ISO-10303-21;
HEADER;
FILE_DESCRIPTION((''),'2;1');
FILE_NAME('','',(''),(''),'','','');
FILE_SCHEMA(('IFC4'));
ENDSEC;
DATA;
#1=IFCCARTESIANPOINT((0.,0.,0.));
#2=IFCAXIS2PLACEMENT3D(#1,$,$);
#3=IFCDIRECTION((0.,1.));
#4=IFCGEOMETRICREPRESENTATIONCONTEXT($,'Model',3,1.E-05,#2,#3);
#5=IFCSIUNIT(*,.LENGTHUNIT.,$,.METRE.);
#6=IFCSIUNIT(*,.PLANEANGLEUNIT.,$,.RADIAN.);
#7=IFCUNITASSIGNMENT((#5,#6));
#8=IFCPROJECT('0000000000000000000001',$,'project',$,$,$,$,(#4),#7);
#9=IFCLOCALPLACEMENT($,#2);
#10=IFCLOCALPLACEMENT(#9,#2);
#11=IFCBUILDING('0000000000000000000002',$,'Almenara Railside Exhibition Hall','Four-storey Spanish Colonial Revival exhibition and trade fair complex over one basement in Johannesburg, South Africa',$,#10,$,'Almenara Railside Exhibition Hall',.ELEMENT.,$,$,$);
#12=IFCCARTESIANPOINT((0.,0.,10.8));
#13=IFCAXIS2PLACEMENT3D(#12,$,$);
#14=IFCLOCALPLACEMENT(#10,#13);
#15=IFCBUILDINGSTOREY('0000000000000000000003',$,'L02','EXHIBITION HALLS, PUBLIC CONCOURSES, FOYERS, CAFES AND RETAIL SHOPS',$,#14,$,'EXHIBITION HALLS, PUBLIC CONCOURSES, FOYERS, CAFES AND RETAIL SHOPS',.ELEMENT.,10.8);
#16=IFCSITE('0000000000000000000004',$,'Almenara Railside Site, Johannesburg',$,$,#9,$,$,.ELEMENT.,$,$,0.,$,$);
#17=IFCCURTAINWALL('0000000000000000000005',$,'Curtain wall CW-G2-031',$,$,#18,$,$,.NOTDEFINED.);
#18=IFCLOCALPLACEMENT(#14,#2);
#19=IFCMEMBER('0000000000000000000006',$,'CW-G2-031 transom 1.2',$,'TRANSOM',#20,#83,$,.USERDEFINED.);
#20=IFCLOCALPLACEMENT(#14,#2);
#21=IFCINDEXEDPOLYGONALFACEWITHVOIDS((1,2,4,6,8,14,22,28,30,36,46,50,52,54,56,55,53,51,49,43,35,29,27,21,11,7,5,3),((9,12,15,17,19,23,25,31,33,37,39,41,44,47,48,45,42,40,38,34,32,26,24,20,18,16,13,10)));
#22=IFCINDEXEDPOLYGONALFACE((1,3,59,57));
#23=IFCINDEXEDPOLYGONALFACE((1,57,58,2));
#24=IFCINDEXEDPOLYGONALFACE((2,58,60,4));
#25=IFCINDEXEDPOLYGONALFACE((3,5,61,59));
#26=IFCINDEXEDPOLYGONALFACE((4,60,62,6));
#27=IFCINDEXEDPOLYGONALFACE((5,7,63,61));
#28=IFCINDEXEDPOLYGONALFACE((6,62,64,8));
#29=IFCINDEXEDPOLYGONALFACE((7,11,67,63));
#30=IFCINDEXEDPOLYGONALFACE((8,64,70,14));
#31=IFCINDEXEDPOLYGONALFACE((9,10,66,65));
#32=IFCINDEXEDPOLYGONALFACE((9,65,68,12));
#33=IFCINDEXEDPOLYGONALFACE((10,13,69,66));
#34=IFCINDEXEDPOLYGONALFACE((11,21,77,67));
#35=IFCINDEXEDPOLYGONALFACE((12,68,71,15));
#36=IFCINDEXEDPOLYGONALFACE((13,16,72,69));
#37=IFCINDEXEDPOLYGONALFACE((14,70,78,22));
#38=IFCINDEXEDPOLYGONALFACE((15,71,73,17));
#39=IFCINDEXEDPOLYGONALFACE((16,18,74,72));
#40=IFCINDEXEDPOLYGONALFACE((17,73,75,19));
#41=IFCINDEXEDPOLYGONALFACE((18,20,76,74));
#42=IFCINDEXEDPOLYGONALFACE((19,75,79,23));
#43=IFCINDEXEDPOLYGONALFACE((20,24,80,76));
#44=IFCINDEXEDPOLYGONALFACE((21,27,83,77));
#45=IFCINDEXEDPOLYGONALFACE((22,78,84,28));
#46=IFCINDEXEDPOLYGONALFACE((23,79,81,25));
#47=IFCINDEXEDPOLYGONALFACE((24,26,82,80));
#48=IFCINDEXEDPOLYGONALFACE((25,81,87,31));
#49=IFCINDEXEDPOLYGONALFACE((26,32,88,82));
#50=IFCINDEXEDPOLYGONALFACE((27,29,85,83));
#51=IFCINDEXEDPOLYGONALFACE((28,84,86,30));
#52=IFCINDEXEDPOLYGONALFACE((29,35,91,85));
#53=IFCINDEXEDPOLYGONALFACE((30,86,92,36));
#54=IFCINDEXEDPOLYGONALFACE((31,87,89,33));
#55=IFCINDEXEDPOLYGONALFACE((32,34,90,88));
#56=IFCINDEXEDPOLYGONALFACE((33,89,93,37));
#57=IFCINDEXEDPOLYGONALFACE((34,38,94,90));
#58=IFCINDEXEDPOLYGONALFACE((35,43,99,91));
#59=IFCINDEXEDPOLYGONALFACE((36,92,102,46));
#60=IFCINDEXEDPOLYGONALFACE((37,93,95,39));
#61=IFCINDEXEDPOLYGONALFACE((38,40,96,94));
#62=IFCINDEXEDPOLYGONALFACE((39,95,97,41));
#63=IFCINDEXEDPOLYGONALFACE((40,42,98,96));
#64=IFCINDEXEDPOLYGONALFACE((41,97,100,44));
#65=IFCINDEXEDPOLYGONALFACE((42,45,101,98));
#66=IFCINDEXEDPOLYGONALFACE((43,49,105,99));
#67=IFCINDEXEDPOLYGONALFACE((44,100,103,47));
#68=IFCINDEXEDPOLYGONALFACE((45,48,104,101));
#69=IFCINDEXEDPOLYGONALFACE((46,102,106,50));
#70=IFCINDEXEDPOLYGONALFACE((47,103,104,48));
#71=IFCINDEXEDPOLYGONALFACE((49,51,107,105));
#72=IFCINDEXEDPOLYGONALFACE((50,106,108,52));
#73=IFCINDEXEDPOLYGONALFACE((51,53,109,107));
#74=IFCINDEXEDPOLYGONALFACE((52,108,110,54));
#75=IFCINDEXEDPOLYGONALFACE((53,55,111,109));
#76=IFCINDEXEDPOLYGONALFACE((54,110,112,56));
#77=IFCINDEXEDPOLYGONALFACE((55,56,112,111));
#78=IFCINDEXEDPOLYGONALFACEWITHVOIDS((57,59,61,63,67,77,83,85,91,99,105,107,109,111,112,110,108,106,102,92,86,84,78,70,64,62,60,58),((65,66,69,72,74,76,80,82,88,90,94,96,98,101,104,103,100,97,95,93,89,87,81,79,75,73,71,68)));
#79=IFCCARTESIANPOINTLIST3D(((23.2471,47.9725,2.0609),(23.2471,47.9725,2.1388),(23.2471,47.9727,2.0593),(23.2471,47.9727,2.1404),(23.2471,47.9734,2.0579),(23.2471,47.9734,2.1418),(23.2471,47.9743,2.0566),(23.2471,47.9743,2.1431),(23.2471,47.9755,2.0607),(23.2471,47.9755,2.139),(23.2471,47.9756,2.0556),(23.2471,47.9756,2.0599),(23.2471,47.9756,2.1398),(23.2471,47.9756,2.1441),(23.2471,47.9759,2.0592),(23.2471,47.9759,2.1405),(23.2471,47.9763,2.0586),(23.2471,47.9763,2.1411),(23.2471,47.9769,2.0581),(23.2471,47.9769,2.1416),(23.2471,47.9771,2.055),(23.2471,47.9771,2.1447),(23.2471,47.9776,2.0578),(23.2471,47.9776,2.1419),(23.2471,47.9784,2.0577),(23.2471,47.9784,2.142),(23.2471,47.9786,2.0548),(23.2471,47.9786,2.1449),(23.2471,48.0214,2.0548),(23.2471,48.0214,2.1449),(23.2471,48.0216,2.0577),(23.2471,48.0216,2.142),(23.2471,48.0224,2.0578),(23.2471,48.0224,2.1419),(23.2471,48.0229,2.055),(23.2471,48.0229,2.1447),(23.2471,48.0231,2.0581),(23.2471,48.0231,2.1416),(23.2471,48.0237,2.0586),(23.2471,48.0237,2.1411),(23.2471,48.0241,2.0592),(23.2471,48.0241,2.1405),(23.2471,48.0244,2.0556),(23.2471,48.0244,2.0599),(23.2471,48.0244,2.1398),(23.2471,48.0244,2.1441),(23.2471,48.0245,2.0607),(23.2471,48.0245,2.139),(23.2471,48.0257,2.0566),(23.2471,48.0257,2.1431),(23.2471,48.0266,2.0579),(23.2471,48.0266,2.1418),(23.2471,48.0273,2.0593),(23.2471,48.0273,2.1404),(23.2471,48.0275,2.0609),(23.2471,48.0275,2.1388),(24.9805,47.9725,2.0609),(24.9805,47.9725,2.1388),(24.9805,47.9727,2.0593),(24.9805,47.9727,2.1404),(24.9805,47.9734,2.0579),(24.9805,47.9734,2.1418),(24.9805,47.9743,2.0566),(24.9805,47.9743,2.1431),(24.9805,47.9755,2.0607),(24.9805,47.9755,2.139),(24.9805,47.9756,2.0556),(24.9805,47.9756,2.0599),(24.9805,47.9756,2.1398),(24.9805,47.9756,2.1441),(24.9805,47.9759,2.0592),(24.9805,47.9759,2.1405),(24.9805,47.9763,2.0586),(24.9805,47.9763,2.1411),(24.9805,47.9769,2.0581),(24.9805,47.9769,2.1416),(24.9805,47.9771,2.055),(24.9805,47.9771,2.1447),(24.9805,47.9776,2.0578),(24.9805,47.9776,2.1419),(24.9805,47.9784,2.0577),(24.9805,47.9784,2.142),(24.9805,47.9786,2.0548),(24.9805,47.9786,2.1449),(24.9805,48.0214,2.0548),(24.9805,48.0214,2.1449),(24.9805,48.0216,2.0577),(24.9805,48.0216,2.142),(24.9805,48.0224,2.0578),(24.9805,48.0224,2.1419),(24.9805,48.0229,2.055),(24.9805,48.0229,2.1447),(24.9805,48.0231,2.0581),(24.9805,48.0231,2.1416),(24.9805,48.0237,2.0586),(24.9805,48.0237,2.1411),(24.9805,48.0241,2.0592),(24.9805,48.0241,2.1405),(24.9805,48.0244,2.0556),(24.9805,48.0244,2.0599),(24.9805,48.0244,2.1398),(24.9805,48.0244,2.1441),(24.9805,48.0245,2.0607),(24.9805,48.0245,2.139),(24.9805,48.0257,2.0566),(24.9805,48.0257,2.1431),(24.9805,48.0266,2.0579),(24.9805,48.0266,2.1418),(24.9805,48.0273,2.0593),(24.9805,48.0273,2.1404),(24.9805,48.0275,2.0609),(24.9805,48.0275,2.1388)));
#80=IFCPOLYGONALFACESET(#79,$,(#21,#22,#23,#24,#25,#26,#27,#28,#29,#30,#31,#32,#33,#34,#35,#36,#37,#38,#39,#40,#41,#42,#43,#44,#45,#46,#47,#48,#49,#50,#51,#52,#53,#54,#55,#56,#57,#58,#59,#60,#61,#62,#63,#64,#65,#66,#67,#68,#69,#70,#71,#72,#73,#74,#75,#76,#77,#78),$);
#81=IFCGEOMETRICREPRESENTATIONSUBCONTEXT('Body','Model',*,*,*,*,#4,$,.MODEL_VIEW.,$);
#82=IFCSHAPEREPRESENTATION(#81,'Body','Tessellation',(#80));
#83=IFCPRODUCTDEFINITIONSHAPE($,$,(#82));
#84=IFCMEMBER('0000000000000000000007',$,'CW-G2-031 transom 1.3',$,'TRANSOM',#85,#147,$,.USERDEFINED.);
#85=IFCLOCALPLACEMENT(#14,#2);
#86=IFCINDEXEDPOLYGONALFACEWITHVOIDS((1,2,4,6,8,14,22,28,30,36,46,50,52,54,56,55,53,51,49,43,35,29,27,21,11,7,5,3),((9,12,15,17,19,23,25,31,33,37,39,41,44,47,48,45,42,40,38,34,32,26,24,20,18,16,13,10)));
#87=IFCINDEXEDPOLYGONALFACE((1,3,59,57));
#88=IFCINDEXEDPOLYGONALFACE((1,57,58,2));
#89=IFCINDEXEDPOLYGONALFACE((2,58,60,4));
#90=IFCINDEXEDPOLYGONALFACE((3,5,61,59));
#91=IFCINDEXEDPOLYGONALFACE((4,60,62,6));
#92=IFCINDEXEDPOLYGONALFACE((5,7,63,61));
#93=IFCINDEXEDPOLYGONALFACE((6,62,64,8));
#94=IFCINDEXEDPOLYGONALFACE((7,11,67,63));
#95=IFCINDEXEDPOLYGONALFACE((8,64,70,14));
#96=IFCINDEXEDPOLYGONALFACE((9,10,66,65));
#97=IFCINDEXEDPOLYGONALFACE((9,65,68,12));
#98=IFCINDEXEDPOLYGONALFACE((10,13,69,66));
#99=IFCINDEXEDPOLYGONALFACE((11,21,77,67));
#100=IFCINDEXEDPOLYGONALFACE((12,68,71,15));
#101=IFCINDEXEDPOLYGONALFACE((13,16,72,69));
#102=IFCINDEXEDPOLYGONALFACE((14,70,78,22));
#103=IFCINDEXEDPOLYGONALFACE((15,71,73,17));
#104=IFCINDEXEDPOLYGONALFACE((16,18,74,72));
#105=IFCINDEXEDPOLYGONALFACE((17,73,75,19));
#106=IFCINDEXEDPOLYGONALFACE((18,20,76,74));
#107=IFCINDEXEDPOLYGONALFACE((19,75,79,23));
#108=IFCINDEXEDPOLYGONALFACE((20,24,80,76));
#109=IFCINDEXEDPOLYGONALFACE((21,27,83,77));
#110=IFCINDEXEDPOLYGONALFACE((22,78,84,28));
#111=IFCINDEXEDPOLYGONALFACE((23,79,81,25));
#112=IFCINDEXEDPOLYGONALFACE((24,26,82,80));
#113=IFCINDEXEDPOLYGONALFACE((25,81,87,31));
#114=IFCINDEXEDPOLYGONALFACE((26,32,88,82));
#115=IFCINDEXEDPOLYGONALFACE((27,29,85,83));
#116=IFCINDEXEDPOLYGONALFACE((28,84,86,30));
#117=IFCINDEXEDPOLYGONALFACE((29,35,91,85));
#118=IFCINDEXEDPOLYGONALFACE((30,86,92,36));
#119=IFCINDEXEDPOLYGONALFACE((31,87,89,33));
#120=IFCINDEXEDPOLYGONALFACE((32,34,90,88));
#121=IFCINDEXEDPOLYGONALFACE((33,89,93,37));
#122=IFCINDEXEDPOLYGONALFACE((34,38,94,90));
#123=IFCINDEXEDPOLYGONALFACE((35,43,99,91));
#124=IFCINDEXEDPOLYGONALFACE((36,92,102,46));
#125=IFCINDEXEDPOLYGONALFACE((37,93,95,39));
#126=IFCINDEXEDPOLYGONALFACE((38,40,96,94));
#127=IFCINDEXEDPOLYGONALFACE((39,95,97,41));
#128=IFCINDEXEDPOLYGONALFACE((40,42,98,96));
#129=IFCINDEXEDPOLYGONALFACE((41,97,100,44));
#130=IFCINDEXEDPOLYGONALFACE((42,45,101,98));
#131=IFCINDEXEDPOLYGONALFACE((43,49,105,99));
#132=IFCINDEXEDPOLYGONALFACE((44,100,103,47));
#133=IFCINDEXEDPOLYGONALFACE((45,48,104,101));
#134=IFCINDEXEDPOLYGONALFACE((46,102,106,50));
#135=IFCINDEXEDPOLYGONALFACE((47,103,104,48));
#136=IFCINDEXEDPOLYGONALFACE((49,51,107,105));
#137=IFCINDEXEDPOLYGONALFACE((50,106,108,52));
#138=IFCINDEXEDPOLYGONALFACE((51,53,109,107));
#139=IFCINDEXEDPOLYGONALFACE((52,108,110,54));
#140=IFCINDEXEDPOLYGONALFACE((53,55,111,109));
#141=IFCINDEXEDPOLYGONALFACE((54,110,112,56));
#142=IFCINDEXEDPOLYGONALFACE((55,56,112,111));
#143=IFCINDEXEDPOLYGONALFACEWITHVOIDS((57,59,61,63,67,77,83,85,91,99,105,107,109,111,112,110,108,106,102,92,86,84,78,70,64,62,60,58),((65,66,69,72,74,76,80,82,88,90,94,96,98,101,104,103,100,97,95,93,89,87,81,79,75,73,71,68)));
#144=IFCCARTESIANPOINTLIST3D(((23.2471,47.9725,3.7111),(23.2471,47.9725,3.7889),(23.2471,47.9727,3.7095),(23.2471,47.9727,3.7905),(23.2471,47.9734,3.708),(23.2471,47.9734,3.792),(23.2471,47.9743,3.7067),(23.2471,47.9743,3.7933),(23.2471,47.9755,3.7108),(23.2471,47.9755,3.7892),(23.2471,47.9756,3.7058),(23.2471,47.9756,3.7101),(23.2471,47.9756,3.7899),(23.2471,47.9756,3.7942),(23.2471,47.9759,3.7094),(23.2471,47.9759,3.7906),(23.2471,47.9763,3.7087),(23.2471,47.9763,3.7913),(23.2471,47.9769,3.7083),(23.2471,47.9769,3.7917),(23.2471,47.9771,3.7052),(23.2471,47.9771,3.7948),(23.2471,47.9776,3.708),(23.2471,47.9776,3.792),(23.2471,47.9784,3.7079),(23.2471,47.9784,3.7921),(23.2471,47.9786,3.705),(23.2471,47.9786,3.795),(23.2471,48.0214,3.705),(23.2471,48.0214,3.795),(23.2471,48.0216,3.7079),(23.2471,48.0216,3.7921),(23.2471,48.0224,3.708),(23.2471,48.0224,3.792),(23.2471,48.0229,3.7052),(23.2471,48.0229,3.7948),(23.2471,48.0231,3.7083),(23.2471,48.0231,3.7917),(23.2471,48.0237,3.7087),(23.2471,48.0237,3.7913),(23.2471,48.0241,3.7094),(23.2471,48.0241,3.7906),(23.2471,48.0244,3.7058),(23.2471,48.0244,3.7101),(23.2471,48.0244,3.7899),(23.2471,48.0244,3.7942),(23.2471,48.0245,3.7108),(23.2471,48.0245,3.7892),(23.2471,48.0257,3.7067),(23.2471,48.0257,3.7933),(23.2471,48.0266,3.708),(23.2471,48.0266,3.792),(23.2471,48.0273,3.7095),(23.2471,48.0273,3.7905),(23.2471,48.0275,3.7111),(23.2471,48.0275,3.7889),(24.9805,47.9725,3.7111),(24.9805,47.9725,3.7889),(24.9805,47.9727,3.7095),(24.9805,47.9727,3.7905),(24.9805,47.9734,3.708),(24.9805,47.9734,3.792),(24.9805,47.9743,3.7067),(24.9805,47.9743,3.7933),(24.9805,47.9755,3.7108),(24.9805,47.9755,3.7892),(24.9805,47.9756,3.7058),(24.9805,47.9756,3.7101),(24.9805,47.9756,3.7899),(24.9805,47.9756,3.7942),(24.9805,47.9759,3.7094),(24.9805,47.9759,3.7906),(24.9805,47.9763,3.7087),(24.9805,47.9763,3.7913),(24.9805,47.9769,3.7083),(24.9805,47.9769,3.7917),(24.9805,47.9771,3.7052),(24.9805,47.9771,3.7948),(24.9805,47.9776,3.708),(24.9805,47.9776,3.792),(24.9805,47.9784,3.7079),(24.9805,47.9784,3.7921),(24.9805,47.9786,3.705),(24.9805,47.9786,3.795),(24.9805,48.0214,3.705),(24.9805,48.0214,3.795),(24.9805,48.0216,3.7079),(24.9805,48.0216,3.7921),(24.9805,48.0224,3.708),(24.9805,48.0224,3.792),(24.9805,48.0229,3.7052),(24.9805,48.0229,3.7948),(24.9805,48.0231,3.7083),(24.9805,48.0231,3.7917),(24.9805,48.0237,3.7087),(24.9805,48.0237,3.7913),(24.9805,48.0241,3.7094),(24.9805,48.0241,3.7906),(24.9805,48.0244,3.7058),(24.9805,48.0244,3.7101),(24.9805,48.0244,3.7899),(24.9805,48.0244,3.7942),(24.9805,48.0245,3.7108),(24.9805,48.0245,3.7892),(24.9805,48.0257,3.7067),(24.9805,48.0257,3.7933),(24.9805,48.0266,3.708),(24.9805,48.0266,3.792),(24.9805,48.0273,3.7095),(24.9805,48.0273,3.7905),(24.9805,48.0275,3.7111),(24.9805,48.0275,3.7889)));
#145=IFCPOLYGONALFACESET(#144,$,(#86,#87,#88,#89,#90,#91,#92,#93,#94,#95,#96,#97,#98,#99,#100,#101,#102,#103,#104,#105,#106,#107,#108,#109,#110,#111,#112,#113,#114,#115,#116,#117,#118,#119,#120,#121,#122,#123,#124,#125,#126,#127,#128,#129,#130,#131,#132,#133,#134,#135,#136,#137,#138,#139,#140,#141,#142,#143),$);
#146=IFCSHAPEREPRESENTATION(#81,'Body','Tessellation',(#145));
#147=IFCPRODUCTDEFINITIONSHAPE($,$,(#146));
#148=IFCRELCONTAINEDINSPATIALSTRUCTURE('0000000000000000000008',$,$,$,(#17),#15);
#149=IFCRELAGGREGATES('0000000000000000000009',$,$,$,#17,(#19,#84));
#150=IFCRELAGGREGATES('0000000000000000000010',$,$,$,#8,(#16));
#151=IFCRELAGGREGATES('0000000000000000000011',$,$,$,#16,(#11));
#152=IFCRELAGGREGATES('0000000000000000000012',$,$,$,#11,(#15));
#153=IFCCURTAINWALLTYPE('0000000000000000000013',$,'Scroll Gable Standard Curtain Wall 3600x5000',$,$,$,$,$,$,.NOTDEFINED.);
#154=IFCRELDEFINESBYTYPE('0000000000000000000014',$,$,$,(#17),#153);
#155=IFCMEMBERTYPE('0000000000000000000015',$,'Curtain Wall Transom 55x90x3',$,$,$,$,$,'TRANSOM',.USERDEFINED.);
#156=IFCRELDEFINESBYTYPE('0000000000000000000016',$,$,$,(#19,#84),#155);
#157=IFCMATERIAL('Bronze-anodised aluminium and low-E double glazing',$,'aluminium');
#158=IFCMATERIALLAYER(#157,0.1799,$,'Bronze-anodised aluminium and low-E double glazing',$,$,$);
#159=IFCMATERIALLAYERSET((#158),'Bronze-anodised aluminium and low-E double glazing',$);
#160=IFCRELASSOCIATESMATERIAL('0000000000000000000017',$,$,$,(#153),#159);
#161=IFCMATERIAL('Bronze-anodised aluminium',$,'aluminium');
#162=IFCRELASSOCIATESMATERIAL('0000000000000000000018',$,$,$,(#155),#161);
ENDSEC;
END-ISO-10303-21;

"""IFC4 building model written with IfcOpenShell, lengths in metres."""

from ifc_helpers import new_model, si_unit, direction, frame, origin, origin_2d, place, context, subcontext, project, spatial, hollow_rectangle, extrude, material, layer, layer_set, material_profile, profile_set, type_object, element, aggregate, save


model = new_model("IFC4")

# Units and contexts
model_context = context("Model", 3, precision=1e-05, world=origin(), true_north=direction((0.0, 1.0)))
body_context = subcontext(model_context, "Body", "Model", "MODEL_VIEW")
ifc_project = project(units=[si_unit("LENGTHUNIT", "METRE"), si_unit("PLANEANGLEUNIT", "RADIAN")], contexts=[model_context])

# Site, building, storey
site_placement = place(None, origin())
site = spatial("IfcSite", under=ifc_project, at=site_placement, Name="Almenara Railside Site, Johannesburg", CompositionType="ELEMENT", RefElevation=0.0)
building_placement = place(site_placement, origin())
building = spatial("IfcBuilding", under=site, at=building_placement, Name="Almenara Railside Exhibition Hall", Description="Four-storey Spanish Colonial Revival exhibition and trade fair complex over one basement in Johannesburg, South Africa", LongName="Almenara Railside Exhibition Hall", CompositionType="ELEMENT")
storey_placement = place(building_placement, frame((0.0, 0.0, 10.8)))
storey = spatial("IfcBuildingStorey", under=building, at=storey_placement, Name="L02", Description="EXHIBITION HALLS, PUBLIC CONCOURSES, FOYERS, CAFES AND RETAIL SHOPS", LongName="EXHIBITION HALLS, PUBLIC CONCOURSES, FOYERS, CAFES AND RETAIL SHOPS", CompositionType="ELEMENT", Elevation=10.8)

# Curtain wall
ifc_material_1 = material(Name="Bronze-anodised aluminium and low-E double glazing", Category="aluminium")
ifc_layer_1 = layer(ifc_material_1, 0.1799, Name="Bronze-anodised aluminium and low-E double glazing")
ifc_layer_set_1 = layer_set([ifc_layer_1], Name="Bronze-anodised aluminium and low-E double glazing")
curtain_wall_type = type_object("IfcCurtainWallType", Name="Scroll Gable Standard Curtain Wall 3600x5000", PredefinedType="NOTDEFINED", material=ifc_layer_set_1)
curtain_wall_1_placement = place(storey_placement, origin())
curtain_wall_1 = element("IfcCurtainWall", 1, at=curtain_wall_1_placement, inside=storey, type_object=curtain_wall_type, Name="Curtain wall CW-G2-031", PredefinedType="NOTDEFINED")
ifc_material_2 = material(Name="Bronze-anodised aluminium", Category="aluminium")

# Members
ifc_material_profile_1 = material_profile(ifc_material_2, hollow_rectangle(XDim=0.0549, YDim=0.0901, WallThickness=0.0029, InnerFilletRadius=0.0029, OuterFilletRadius=0.0061, at=origin_2d()), Name="ALU-TRN 55x90x3")
ifc_profile_set_1 = profile_set([ifc_material_profile_1], Name="Bronze-anodised aluminium")
member_type_1 = type_object("IfcMemberType", Name="Curtain Wall Transom 55x90x3", ElementType="TRANSOM", PredefinedType="USERDEFINED", material=ifc_profile_set_1)
member_1_placement = place(storey_placement, frame((23.2471, 48.0, 2.0999), z_axis=(1.0, 0.0, 0.0), x_axis=(0.0, 1.0, 0.0)))
member_1 = element("IfcMember", 2, at=member_1_placement, type_object=member_type_1, Name="CW-G2-031 transom 1.2", ObjectType="TRANSOM", PredefinedType="USERDEFINED", context=body_context, shape_type="SweptSolid", body=[
    extrude(hollow_rectangle(XDim=0.0549, YDim=0.0901, WallThickness=0.0029, InnerFilletRadius=0.0029, OuterFilletRadius=0.0061, at=origin_2d()), origin(), (0.0, 0.0, 1.0), 1.7334),
])
member_2_placement = place(storey_placement, frame((23.2471, 48.0, 3.75), z_axis=(1.0, 0.0, 0.0), x_axis=(0.0, 1.0, 0.0)))
member_2 = element("IfcMember", 3, at=member_2_placement, type_object=member_type_1, Name="CW-G2-031 transom 1.3", ObjectType="TRANSOM", PredefinedType="USERDEFINED", context=body_context, shape_type="SweptSolid", body=[
    extrude(hollow_rectangle(XDim=0.0549, YDim=0.0901, WallThickness=0.0029, InnerFilletRadius=0.0029, OuterFilletRadius=0.0061, at=origin_2d()), origin(), (0.0, 0.0, 1.0), 1.7334),
])

aggregate(curtain_wall_1, [member_1, member_2])

save(model, "model.ifc")
